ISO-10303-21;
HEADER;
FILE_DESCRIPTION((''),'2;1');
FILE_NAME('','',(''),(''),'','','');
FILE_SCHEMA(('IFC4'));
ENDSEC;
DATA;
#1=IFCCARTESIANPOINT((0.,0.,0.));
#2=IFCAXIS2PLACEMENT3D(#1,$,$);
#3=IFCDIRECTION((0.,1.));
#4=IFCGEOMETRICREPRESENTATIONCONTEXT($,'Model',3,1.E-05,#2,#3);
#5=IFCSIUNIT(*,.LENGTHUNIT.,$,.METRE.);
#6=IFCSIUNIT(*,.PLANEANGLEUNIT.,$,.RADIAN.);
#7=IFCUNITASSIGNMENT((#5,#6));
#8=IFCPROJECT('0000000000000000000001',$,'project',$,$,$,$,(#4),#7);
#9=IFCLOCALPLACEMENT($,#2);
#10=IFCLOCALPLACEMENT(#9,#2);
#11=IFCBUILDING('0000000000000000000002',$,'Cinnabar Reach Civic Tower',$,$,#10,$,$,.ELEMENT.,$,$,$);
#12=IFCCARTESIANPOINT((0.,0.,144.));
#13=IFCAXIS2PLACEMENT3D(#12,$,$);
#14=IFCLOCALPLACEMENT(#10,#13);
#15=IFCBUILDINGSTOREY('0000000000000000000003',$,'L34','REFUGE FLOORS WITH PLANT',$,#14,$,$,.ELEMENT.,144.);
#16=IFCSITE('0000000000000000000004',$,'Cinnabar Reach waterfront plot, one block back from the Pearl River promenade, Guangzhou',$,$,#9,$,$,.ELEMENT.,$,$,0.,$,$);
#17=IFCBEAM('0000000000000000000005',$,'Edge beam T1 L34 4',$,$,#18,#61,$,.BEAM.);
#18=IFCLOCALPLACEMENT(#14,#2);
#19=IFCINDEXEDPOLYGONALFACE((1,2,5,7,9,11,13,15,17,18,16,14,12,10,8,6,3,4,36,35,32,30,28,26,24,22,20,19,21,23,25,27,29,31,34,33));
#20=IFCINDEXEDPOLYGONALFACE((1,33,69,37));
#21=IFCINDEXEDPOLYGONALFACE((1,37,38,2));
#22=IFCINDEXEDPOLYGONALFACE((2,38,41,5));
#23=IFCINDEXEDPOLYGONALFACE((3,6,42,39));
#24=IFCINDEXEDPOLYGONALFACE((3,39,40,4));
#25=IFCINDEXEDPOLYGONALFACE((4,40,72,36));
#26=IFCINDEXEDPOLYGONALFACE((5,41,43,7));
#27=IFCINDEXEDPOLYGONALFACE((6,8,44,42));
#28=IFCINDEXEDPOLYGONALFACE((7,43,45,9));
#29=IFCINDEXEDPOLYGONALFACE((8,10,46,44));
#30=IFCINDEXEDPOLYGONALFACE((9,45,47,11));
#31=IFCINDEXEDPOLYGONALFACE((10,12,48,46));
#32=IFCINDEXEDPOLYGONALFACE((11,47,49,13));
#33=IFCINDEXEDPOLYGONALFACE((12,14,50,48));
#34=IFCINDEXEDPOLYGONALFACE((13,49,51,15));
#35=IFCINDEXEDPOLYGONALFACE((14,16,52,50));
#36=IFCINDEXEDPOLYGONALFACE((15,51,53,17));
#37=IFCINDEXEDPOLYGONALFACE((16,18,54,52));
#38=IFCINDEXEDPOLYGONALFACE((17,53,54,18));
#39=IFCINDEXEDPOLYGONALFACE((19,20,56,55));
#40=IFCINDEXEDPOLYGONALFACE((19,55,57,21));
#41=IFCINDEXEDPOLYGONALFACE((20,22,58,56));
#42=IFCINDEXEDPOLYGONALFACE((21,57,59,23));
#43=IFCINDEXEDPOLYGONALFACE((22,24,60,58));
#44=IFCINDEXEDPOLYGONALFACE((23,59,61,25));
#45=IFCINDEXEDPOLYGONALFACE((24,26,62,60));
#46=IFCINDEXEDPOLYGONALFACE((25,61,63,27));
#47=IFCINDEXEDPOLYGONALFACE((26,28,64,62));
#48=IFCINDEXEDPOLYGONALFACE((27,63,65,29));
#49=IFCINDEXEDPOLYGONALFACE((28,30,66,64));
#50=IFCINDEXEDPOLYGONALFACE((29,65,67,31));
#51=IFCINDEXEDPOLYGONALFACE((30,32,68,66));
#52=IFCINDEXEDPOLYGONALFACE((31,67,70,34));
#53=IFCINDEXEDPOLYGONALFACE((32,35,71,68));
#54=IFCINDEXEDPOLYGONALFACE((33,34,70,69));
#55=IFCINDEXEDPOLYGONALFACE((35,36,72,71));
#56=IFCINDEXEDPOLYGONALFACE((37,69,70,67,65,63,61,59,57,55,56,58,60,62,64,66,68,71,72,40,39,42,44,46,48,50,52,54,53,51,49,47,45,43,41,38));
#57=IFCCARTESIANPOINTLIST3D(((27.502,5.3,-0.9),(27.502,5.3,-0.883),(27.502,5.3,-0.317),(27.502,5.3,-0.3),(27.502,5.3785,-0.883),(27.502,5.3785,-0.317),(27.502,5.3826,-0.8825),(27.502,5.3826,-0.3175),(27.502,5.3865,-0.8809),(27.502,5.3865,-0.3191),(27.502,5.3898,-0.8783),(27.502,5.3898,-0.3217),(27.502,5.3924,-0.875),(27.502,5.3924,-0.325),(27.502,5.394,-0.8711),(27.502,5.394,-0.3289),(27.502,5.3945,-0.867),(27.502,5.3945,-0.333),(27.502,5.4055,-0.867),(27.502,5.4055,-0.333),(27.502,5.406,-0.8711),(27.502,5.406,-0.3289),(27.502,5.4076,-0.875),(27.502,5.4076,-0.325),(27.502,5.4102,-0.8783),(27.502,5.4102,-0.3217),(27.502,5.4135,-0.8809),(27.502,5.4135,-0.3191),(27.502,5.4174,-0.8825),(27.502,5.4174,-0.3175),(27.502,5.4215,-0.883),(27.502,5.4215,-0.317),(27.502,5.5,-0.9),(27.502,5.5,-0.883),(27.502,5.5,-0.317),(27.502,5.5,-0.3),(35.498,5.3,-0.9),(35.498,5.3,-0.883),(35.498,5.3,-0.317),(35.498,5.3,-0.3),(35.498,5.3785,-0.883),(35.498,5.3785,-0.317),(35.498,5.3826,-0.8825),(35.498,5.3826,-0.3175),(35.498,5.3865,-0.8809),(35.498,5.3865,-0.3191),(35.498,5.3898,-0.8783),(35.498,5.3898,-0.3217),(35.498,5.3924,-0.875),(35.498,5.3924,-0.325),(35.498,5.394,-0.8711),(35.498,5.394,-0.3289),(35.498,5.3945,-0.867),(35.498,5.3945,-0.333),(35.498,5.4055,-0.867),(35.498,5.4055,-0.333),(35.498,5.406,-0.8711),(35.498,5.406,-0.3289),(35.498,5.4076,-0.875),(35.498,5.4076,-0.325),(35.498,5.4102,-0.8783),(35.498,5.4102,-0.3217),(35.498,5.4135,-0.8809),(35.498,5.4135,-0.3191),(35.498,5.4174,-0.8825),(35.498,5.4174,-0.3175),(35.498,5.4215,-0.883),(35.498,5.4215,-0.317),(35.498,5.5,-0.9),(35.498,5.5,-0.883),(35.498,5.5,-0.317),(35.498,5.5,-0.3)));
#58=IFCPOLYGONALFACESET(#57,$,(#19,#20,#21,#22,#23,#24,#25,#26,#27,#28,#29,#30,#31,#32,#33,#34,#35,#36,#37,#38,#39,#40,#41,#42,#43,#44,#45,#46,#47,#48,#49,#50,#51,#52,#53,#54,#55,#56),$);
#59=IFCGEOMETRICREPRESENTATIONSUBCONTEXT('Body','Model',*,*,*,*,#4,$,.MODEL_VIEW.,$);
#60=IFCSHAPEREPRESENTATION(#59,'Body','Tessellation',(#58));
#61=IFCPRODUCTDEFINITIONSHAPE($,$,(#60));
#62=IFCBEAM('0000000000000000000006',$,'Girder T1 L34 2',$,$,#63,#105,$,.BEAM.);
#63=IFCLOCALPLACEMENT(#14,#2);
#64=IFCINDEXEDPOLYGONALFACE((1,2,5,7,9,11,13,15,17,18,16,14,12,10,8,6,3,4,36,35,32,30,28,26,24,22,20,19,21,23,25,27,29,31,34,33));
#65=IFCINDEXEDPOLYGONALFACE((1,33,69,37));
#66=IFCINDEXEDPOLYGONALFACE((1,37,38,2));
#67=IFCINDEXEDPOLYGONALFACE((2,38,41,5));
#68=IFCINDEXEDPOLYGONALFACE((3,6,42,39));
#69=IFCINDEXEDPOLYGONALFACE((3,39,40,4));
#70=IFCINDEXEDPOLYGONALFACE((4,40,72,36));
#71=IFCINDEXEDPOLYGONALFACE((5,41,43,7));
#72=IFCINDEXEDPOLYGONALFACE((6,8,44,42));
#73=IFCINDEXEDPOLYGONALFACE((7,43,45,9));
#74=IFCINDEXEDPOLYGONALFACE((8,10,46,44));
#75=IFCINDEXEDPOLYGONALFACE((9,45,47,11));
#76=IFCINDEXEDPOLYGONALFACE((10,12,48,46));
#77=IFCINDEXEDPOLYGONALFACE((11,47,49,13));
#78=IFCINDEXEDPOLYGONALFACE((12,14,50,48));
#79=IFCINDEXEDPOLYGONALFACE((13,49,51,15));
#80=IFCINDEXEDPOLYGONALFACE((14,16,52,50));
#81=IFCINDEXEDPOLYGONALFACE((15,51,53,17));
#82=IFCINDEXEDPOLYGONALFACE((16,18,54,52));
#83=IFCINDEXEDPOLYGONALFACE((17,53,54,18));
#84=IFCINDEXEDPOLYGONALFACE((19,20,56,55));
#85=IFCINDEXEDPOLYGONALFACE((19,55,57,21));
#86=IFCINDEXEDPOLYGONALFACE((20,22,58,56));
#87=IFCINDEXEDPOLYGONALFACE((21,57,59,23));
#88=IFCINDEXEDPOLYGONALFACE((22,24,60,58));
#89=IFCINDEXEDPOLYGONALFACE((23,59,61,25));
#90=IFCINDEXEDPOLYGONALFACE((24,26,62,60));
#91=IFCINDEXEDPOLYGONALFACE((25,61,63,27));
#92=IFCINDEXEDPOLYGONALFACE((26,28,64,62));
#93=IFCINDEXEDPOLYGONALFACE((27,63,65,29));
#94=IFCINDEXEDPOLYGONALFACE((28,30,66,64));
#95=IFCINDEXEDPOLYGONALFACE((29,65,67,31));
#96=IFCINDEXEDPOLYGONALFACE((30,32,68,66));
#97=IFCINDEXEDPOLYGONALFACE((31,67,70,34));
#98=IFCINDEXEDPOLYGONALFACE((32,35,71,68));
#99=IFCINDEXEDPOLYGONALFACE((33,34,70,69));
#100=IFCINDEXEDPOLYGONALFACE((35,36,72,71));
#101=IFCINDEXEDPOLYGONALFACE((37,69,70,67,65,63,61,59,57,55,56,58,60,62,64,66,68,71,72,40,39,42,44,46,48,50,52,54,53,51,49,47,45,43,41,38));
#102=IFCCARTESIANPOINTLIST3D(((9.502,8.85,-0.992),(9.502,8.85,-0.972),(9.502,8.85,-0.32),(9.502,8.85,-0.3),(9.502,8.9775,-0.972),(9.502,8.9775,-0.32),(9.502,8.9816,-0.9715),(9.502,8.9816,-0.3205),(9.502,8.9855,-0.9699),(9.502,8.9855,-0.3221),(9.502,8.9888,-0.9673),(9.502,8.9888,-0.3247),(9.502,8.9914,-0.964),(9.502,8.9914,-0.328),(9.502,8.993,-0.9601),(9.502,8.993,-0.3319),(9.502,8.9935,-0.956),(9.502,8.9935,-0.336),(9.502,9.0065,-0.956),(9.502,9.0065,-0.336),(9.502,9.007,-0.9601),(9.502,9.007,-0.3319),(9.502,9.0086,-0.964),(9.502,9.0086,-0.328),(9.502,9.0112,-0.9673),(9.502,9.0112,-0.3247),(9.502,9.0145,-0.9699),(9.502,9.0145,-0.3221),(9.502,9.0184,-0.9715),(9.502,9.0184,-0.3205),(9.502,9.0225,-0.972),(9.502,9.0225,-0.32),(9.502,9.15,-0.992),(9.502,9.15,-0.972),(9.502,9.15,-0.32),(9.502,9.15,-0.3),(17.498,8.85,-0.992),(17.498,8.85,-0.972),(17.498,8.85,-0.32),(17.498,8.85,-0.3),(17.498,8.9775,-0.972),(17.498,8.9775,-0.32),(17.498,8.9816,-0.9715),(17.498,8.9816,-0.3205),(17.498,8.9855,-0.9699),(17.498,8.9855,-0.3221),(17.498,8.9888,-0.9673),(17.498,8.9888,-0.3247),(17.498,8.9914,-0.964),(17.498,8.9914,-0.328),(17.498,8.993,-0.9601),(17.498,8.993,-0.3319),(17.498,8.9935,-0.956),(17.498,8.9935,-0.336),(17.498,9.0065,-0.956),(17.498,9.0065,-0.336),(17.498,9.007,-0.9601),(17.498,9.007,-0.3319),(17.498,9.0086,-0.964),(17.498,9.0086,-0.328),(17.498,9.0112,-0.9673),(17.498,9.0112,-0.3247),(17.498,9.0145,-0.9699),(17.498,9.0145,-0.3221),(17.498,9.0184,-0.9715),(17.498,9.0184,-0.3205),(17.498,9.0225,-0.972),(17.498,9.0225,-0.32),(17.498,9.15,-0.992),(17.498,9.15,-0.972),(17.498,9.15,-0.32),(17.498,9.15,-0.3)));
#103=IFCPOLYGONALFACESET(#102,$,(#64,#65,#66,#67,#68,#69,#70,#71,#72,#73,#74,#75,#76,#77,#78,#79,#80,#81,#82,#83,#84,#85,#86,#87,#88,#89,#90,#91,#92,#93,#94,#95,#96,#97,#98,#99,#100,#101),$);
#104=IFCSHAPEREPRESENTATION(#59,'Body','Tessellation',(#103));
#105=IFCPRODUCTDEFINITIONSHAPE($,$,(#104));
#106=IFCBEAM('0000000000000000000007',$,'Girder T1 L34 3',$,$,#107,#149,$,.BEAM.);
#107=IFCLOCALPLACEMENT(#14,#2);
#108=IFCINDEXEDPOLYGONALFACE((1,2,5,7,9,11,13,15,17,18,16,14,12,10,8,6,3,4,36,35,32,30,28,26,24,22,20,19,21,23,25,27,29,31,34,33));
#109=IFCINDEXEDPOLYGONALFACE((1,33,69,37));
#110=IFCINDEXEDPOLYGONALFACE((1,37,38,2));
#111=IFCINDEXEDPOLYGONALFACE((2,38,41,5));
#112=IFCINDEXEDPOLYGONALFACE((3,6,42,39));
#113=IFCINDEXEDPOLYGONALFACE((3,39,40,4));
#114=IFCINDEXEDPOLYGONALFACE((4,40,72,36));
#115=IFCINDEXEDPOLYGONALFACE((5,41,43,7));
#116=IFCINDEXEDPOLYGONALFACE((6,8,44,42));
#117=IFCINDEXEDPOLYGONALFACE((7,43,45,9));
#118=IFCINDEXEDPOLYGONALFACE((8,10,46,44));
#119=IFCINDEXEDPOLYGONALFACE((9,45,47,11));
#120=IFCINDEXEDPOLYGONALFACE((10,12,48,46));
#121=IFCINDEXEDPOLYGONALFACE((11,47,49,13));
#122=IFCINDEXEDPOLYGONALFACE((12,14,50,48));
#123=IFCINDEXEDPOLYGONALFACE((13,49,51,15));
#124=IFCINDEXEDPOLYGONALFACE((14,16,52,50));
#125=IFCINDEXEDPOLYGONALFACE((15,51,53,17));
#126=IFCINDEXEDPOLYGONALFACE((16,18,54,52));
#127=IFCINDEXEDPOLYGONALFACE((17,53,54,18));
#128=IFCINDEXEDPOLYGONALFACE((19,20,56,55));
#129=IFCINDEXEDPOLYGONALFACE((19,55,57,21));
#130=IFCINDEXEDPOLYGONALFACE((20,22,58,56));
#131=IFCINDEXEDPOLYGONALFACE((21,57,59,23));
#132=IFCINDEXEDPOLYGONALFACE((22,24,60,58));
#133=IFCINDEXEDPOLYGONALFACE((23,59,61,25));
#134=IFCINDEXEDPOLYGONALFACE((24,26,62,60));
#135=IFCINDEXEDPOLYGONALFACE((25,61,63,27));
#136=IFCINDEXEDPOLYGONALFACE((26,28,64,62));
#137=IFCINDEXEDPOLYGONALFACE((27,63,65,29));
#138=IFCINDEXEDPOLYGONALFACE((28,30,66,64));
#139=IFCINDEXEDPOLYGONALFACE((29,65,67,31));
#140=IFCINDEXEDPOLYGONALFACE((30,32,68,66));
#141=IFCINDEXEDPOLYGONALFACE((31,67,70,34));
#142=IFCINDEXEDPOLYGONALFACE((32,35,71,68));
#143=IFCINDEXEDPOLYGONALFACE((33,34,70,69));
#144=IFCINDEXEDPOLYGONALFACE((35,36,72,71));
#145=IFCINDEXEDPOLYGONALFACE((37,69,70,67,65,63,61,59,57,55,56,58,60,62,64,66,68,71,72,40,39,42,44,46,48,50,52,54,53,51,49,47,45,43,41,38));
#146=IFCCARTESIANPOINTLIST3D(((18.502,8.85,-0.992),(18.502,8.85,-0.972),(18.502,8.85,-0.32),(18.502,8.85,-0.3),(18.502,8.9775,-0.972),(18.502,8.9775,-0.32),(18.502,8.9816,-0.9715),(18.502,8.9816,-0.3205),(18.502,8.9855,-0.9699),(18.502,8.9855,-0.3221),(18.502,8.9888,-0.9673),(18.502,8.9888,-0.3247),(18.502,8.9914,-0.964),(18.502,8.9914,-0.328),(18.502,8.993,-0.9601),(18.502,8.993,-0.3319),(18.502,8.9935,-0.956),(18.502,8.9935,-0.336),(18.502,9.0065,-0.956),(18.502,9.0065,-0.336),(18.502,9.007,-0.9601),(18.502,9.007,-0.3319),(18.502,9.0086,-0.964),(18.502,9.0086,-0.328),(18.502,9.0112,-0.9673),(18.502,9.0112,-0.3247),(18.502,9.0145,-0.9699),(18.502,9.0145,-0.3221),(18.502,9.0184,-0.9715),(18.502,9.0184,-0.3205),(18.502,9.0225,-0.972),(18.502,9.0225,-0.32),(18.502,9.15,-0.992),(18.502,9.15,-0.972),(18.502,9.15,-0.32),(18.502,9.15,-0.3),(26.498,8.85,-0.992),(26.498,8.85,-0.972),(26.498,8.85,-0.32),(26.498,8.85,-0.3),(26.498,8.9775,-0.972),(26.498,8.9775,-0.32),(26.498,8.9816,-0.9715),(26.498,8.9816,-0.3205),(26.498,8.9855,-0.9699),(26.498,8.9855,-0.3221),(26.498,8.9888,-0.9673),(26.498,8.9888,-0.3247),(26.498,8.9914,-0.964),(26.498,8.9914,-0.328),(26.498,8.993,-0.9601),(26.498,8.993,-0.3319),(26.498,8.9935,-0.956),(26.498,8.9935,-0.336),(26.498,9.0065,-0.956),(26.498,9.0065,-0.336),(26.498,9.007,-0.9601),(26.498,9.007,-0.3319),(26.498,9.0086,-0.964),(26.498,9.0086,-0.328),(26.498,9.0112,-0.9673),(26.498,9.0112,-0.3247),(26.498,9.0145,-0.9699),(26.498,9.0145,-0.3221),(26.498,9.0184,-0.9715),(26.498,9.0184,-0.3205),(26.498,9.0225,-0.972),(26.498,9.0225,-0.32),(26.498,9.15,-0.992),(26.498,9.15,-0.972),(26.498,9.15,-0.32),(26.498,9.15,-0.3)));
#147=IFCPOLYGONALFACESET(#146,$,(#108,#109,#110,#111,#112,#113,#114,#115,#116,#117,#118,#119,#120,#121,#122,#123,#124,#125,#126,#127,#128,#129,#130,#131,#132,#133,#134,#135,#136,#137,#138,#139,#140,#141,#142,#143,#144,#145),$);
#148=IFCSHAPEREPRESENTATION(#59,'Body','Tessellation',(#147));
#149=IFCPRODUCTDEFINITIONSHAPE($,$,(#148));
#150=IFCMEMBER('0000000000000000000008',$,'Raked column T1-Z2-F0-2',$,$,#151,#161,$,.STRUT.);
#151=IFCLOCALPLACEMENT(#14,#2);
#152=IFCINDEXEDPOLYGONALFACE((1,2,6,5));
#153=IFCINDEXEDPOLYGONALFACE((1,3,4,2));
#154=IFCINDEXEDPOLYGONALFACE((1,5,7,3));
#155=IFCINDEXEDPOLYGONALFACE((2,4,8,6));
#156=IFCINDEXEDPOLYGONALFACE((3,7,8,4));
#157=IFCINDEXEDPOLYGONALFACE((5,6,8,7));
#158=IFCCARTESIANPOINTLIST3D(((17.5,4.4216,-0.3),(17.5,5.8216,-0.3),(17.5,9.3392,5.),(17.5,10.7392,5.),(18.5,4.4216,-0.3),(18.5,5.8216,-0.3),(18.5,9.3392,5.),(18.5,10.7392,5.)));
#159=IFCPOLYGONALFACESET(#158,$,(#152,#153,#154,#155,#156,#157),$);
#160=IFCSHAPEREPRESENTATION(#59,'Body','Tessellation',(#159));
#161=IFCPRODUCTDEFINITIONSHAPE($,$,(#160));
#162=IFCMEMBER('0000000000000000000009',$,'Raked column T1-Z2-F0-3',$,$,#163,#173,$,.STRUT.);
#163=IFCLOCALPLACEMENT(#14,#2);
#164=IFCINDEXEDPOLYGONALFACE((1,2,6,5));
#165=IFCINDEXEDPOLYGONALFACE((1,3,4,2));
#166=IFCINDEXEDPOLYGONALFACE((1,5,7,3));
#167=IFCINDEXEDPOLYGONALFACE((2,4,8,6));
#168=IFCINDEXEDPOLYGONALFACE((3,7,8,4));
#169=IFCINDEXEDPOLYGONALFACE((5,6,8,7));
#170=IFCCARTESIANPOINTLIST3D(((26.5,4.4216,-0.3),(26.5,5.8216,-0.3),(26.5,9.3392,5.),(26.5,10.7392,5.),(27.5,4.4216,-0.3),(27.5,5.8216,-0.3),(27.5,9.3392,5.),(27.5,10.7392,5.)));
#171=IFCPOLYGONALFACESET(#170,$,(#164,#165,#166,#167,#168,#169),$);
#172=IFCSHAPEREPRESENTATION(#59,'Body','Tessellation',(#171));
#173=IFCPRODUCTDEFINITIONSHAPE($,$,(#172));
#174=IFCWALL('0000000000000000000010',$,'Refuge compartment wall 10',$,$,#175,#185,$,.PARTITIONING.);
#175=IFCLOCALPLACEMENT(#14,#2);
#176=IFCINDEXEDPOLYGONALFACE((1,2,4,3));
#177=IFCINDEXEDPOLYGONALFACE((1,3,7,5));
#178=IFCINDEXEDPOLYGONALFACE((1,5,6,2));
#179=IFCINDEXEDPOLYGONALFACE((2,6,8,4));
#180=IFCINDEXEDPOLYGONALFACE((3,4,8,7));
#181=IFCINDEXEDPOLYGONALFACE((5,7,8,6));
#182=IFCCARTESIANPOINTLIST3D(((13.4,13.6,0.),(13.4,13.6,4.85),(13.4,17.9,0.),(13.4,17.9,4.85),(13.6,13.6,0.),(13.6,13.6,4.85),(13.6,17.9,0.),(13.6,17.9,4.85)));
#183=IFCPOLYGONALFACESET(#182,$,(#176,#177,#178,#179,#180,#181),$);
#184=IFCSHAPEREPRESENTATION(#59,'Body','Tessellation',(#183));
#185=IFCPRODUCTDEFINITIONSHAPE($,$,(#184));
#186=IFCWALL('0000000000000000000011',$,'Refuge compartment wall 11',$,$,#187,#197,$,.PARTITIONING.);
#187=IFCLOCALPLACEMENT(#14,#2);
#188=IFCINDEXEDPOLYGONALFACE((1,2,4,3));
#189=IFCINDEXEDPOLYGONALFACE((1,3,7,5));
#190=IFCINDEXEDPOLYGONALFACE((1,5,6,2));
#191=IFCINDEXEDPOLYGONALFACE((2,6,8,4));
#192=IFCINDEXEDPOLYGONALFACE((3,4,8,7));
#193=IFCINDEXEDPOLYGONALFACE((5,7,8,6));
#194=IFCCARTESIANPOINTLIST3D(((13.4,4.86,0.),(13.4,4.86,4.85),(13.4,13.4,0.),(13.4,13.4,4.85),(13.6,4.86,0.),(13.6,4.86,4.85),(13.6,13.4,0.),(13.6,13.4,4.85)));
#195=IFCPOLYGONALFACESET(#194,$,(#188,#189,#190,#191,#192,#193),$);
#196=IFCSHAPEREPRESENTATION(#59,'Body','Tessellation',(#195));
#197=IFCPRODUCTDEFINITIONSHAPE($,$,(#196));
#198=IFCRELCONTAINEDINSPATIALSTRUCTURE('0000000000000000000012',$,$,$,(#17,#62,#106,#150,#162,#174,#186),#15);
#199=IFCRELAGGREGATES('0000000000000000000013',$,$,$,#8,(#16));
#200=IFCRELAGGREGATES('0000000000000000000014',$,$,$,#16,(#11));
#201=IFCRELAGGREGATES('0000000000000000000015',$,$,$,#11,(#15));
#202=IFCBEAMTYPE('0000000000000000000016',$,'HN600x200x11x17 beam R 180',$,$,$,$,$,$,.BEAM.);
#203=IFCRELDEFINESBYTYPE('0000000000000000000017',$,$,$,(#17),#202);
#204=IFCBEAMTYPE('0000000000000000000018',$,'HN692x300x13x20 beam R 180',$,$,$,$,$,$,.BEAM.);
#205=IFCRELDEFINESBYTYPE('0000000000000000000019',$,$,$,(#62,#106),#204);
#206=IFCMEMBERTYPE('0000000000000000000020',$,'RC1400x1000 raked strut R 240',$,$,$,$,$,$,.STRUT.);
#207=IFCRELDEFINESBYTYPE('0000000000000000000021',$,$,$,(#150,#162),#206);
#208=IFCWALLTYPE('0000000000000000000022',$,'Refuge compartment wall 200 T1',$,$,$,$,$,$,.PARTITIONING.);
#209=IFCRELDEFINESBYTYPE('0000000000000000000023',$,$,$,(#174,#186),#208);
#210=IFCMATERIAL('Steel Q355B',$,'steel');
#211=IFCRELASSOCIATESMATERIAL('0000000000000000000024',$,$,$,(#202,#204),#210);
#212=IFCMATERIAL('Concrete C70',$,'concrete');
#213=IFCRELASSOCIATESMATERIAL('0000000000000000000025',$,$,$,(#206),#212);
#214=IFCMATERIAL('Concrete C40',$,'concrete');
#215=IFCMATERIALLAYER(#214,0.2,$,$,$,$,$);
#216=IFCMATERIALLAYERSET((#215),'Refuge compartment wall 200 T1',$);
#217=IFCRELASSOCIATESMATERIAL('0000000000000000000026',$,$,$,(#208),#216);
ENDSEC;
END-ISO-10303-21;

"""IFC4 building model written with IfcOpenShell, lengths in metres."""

from ifc_helpers import new_model, si_unit, direction, frame, frame_2d, origin, origin_2d, place, context, subcontext, project, spatial, rectangle, i_section, extrude, material, layer, layer_set, material_profile, profile_set, type_object, element, save


model = new_model("IFC4")

# Units and contexts
model_context = context("Model", 3, precision=1e-05, world=origin(), true_north=direction((0.0, 1.0)))
body_context = subcontext(model_context, "Body", "Model", "MODEL_VIEW")
ifc_project = project(units=[si_unit("LENGTHUNIT", "METRE"), si_unit("PLANEANGLEUNIT", "RADIAN")], contexts=[model_context])

# Site, building, storey
site_placement = place(None, origin())
site = spatial("IfcSite", under=ifc_project, at=site_placement, Name="Cinnabar Reach waterfront plot, one block back from the Pearl River promenade, Guangzhou", CompositionType="ELEMENT", RefElevation=0.0)
building_placement = place(site_placement, origin())
building = spatial("IfcBuilding", under=site, at=building_placement, Name="Cinnabar Reach Civic Tower", CompositionType="ELEMENT")
storey_placement = place(building_placement, frame((0.0, 0.0, 144.0)))
storey = spatial("IfcBuildingStorey", under=building, at=storey_placement, Name="L34", Description="REFUGE FLOORS WITH PLANT", CompositionType="ELEMENT", Elevation=144.0)

# Shared definitions
ifc_material_1 = material(Name="Concrete C70", Category="concrete")

# Beams
ifc_material_2 = material(Name="Steel Q355B", Category="steel")
ifc_material_profile_1 = material_profile(ifc_material_2, i_section(OverallWidth=0.2, OverallDepth=0.6, WebThickness=0.011, FlangeThickness=0.017, FilletRadius=0.016, at=origin_2d()), Name="HN600x200x11x17")
ifc_profile_set_1 = profile_set([ifc_material_profile_1], Name="Steel Q355B")
beam_type_1 = type_object("IfcBeamType", Name="HN600x200x11x17 beam R 180", PredefinedType="BEAM", material=ifc_profile_set_1)
for number, where, z_axis, x_axis, name in (
    (1, (27.502, 5.4, -0.6), (1.0, 0.0, 0.0), (0.0, 1.0, 0.0), "Edge beam T1 L34 4"),
):
    element("IfcBeam", number, at=place(storey_placement, frame(where, z_axis=z_axis, x_axis=x_axis)), inside=storey, type_object=beam_type_1, Name=name, PredefinedType="BEAM", context=body_context, shape_type="SweptSolid", body=[
        extrude(i_section(OverallWidth=0.2, OverallDepth=0.6, WebThickness=0.011, FlangeThickness=0.017, FilletRadius=0.016, at=origin_2d()), origin(), (0.0, 0.0, 1.0), 7.996),
    ])
ifc_material_profile_2 = material_profile(ifc_material_2, i_section(OverallWidth=0.3, OverallDepth=0.692, WebThickness=0.013, FlangeThickness=0.02, FilletRadius=0.016, at=origin_2d()), Name="HN692x300x13x20")
ifc_profile_set_2 = profile_set([ifc_material_profile_2], Name="Steel Q355B")
beam_type_2 = type_object("IfcBeamType", Name="HN692x300x13x20 beam R 180", PredefinedType="BEAM", material=ifc_profile_set_2)
for number, where, z_axis, x_axis, name in (
    (2, (9.502, 9.0, -0.646), (1.0, 0.0, 0.0), (0.0, 1.0, 0.0), "Girder T1 L34 2"),
    (3, (18.502, 9.0, -0.646), (1.0, 0.0, 0.0), (0.0, 1.0, 0.0), "Girder T1 L34 3"),
):
    element("IfcBeam", number, at=place(storey_placement, frame(where, z_axis=z_axis, x_axis=x_axis)), inside=storey, type_object=beam_type_2, Name=name, PredefinedType="BEAM", context=body_context, shape_type="SweptSolid", body=[
        extrude(i_section(OverallWidth=0.3, OverallDepth=0.692, WebThickness=0.013, FlangeThickness=0.02, FilletRadius=0.016, at=origin_2d()), origin(), (0.0, 0.0, 1.0), 7.996),
    ])

# Members
ifc_material_profile_3 = material_profile(ifc_material_1, rectangle(XDim=1.4, YDim=1.0, at=origin_2d()), Name="RC1400x1000")
ifc_profile_set_3 = profile_set([ifc_material_profile_3], Name="Concrete C70")
member_type = type_object("IfcMemberType", Name="RC1400x1000 raked strut R 240", PredefinedType="STRUT", material=ifc_profile_set_3)
for number, where, z_axis, x_axis, name in (
    (4, (18.0, 5.1216, -0.3), (0.0, 0.0, 1.0), (0.0, 1.0, 0.0), "Raked column T1-Z2-F0-2"),
    (5, (27.0, 5.1216, -0.3), (0.0, 0.0, 1.0), (0.0, 1.0, 0.0), "Raked column T1-Z2-F0-3"),
):
    element("IfcMember", number, at=place(storey_placement, frame(where, z_axis=z_axis, x_axis=x_axis)), inside=storey, type_object=member_type, Name=name, PredefinedType="STRUT", context=body_context, shape_type="SweptSolid", body=[
        extrude(rectangle(XDim=1.4, YDim=1.0, at=origin_2d()), origin(), (0.680167, 0.0, 0.733057), 7.23),
    ])

# Walls
ifc_material_3 = material(Name="Concrete C40", Category="concrete")
ifc_layer = layer(ifc_material_3, 0.2)
ifc_layer_set = layer_set([ifc_layer], Name="Refuge compartment wall 200 T1")
wall_type = type_object("IfcWallType", Name="Refuge compartment wall 200 T1", PredefinedType="PARTITIONING", material=ifc_layer_set)
wall_placement = place(storey_placement, frame((13.5, 13.6, 0.0), z_axis=(0.0, 0.0, 1.0), x_axis=(0.0, 1.0, 0.0)))
element("IfcWall", 6, at=wall_placement, inside=storey, type_object=wall_type, Name="Refuge compartment wall 10", PredefinedType="PARTITIONING", context=body_context, shape_type="SweptSolid", body=[
    extrude(rectangle(XDim=4.3, YDim=0.2, at=frame_2d((2.15, 0.0))), origin(), (0.0, 0.0, 1.0), 4.85),
])
for number, where, z_axis, x_axis, name in (
    (7, (13.5, 4.86, 0.0), (0.0, 0.0, 1.0), (0.0, 1.0, 0.0), "Refuge compartment wall 11"),
):
    element("IfcWall", number, at=place(storey_placement, frame(where, z_axis=z_axis, x_axis=x_axis)), inside=storey, type_object=wall_type, Name=name, PredefinedType="PARTITIONING", context=body_context, shape_type="SweptSolid", body=[
        extrude(rectangle(XDim=8.54, YDim=0.2, at=frame_2d((4.27, 0.0))), origin(), (0.0, 0.0, 1.0), 4.85),
    ])

save(model, "model.ifc")
